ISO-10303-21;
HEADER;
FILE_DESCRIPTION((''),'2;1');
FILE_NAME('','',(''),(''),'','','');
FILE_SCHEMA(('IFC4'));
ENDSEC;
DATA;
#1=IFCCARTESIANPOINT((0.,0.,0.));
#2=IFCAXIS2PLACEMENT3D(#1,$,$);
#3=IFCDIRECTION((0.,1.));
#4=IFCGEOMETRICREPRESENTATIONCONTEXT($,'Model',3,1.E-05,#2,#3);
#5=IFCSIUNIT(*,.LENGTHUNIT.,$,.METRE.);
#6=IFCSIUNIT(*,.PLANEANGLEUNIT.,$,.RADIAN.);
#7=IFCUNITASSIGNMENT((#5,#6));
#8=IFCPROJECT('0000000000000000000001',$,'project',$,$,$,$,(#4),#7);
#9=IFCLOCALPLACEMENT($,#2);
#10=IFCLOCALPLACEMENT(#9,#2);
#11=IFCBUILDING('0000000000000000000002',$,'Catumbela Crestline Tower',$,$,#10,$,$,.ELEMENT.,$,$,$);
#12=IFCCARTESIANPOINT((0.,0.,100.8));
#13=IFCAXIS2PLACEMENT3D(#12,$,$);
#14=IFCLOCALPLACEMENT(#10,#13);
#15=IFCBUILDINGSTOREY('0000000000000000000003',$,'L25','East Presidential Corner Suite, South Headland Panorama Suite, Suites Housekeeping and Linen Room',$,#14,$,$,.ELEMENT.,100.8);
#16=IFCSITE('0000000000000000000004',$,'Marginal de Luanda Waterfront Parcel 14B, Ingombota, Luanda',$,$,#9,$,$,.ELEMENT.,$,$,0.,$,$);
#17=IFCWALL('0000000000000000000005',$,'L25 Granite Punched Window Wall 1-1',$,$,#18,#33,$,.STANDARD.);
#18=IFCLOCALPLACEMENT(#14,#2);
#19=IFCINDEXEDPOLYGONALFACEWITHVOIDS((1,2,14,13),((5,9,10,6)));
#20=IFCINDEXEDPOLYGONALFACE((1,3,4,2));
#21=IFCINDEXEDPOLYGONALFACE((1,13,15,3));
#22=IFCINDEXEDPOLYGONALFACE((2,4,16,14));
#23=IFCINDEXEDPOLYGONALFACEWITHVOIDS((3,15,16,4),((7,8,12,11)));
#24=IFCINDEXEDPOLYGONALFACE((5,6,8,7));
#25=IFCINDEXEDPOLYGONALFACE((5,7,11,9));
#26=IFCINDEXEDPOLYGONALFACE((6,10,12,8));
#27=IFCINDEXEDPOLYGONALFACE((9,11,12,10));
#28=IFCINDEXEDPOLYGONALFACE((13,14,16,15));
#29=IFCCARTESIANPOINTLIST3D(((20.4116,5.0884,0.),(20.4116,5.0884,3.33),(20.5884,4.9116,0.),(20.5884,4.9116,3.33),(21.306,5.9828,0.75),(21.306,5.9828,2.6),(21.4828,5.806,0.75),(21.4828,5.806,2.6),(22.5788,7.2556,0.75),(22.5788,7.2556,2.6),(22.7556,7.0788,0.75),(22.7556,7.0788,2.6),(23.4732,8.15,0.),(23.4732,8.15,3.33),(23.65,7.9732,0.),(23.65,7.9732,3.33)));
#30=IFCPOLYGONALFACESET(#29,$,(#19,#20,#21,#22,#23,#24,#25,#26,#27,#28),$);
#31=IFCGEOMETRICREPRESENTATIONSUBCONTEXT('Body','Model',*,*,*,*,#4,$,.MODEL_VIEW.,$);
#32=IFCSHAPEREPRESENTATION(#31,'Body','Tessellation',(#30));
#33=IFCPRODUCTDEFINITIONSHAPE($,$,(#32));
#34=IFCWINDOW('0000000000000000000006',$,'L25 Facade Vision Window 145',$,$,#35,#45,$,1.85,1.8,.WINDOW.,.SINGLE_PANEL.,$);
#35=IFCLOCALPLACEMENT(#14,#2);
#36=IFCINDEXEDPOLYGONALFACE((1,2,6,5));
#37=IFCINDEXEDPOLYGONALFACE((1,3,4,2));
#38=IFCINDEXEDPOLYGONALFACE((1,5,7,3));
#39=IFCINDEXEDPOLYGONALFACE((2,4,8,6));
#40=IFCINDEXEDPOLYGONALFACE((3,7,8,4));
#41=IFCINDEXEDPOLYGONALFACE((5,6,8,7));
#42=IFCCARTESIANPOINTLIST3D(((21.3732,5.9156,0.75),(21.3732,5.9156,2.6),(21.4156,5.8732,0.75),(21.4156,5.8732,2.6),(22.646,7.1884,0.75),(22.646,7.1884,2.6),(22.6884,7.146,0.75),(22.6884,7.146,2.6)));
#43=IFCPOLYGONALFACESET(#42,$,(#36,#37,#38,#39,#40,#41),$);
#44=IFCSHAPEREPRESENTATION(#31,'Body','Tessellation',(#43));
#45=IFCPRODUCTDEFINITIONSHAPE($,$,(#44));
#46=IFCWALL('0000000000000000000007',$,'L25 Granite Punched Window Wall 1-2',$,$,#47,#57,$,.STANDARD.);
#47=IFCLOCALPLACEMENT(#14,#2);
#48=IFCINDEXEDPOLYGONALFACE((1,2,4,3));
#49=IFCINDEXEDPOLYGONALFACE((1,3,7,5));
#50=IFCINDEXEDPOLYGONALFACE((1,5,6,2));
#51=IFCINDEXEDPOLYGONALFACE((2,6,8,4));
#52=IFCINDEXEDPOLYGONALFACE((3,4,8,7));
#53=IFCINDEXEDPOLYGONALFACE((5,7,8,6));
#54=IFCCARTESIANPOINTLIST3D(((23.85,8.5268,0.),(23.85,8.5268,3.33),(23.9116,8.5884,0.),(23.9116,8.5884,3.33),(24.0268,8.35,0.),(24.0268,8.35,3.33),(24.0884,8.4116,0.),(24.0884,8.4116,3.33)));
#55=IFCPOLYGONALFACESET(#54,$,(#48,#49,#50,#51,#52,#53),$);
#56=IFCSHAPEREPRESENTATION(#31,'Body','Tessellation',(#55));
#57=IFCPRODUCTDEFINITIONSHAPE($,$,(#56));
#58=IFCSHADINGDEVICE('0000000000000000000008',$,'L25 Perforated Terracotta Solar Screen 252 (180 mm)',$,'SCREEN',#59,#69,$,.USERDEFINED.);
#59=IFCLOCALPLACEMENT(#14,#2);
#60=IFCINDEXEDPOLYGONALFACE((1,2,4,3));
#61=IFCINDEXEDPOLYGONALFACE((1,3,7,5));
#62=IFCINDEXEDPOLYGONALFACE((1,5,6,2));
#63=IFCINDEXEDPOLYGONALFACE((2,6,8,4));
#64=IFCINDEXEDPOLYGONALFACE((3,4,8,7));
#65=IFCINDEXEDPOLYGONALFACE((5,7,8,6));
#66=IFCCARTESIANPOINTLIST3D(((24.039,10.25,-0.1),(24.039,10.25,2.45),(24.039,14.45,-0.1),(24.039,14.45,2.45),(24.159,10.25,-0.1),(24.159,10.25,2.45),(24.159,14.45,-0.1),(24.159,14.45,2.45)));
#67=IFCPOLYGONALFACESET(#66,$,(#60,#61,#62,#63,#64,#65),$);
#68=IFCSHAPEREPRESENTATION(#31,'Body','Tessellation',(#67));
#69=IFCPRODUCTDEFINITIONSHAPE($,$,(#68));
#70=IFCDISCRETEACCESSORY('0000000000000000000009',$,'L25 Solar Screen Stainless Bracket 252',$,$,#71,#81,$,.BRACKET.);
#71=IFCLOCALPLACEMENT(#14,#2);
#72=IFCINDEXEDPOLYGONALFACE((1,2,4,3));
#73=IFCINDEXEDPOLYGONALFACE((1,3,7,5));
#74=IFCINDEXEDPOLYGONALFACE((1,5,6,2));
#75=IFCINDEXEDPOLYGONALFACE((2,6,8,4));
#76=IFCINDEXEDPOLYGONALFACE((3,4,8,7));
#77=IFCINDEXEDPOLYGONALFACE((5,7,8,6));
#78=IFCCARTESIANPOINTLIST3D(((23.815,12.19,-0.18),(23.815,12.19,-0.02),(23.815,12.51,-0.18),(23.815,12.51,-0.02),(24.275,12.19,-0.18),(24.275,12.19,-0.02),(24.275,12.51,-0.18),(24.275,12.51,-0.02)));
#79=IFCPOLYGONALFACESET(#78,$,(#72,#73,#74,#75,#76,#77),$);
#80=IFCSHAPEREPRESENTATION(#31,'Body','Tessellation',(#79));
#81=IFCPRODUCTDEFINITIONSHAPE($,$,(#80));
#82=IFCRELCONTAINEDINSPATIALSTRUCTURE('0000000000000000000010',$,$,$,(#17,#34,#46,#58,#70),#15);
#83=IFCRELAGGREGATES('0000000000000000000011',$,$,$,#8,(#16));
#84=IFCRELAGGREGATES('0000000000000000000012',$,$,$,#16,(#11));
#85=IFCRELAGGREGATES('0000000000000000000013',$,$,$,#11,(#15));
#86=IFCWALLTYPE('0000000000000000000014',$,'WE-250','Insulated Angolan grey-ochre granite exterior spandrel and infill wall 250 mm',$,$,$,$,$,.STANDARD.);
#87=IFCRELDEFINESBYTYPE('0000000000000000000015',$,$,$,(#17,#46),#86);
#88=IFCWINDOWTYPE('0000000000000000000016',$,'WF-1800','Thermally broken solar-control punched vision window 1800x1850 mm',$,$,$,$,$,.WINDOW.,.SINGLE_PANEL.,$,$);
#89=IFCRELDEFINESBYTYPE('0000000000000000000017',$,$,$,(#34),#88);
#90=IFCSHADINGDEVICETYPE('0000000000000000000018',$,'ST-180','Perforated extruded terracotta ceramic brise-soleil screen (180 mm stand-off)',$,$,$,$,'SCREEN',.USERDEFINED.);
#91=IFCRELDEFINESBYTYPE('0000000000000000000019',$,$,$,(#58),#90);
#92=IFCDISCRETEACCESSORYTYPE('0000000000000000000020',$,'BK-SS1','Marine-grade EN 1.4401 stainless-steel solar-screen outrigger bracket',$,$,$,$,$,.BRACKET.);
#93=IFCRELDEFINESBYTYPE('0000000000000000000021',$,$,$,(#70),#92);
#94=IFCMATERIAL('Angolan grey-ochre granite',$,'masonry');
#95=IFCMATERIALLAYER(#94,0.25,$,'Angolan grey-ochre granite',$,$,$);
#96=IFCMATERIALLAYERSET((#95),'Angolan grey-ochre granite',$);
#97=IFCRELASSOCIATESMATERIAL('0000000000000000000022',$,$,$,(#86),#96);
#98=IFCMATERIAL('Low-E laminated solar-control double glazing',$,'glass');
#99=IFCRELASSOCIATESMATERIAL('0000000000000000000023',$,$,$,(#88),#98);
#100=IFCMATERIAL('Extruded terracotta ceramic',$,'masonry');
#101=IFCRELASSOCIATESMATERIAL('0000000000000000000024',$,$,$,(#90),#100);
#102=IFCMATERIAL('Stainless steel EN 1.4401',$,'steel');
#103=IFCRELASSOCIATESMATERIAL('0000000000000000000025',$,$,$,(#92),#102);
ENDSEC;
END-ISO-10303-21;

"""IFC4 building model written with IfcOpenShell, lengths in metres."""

from ifc_helpers import new_model, si_unit, direction, frame, frame_2d, origin, origin_2d, place, context, subcontext, project, spatial, rectangle, extrude, material, layer, layer_set, type_object, element, fill, save


model = new_model("IFC4")

# Units and contexts
model_context = context("Model", 3, precision=1e-05, world=origin(), true_north=direction((0.0, 1.0)))
body_context = subcontext(model_context, "Body", "Model", "MODEL_VIEW")
ifc_project = project(units=[si_unit("LENGTHUNIT", "METRE"), si_unit("PLANEANGLEUNIT", "RADIAN")], contexts=[model_context])

# Site, building, storey
site_placement = place(None, origin())
site = spatial("IfcSite", under=ifc_project, at=site_placement, Name="Marginal de Luanda Waterfront Parcel 14B, Ingombota, Luanda", CompositionType="ELEMENT", RefElevation=0.0)
building_placement = place(site_placement, origin())
building = spatial("IfcBuilding", under=site, at=building_placement, Name="Catumbela Crestline Tower", CompositionType="ELEMENT")
storey_placement = place(building_placement, frame((0.0, 0.0, 100.8)))
storey = spatial("IfcBuildingStorey", under=building, at=storey_placement, Name="L25", Description="East Presidential Corner Suite, South Headland Panorama Suite, Suites Housekeeping and Linen Room", CompositionType="ELEMENT", Elevation=100.8)

# Shared definitions
ifc_material_1 = material(Name="Low-E laminated solar-control double glazing", Category="glass")

# Wall, opening, window
ifc_material_2 = material(Name="Angolan grey-ochre granite", Category="masonry")
ifc_layer_1 = layer(ifc_material_2, 0.25, Name="Angolan grey-ochre granite")
ifc_layer_set_1 = layer_set([ifc_layer_1], Name="Angolan grey-ochre granite")
wall_type = type_object("IfcWallType", Name="WE-250", Description="Insulated Angolan grey-ochre granite exterior spandrel and infill wall 250 mm", PredefinedType="STANDARD", material=ifc_layer_set_1)
wall_1_placement = place(storey_placement, frame((20.5, 5.0, 0.0), z_axis=(0.0, 0.0, 1.0), x_axis=(0.707107, 0.707107, 0.0)))
wall_1 = element("IfcWall", 1, at=wall_1_placement, inside=storey, type_object=wall_type, Name="L25 Granite Punched Window Wall 1-1", PredefinedType="STANDARD", context=body_context, shape_type="SweptSolid", body=[
    extrude(rectangle(XDim=4.3298, YDim=0.25, at=frame_2d((2.1649, 0.0))), origin(), (0.0, 0.0, 1.0), 3.33),
])
opening_placement = place(wall_1_placement, frame((1.2649, 0.0, 0.75)))
opening = element("IfcOpeningElement", 2, at=opening_placement, cuts=wall_1, PredefinedType="OPENING", context=body_context, shape_type="SweptSolid", body=[
    extrude(rectangle(XDim=1.8, YDim=1.85, at=frame_2d((0.9, 0.925))), frame((0.0, 0.135, 0.0), z_axis=(0.0, -1.0, 0.0), x_axis=(1.0, 0.0, 0.0)), (0.0, 0.0, 1.0), 0.27),
])
window_type = type_object("IfcWindowType", Name="WF-1800", Description="Thermally broken solar-control punched vision window 1800x1850 mm", PartitioningType="SINGLE_PANEL", PredefinedType="WINDOW", material=ifc_material_1)
window_placement = place(opening_placement, origin())
window = element("IfcWindow", 3, at=window_placement, inside=storey, type_object=window_type, Name="L25 Facade Vision Window 145", OverallHeight=1.85, OverallWidth=1.8, PartitioningType="SINGLE_PANEL", PredefinedType="WINDOW", context=body_context, shape_type="SweptSolid", body=[
    extrude(rectangle(XDim=1.8, YDim=1.85, at=frame_2d((0.9, 0.925))), frame((0.0, 0.03, 0.0), z_axis=(0.0, -1.0, 0.0), x_axis=(1.0, 0.0, 0.0)), (0.0, 0.0, 1.0), 0.06),
])
fill(opening, window)

# Wall
wall_2_placement = place(storey_placement, frame((23.9384, 8.4384, 0.0), z_axis=(0.0, 0.0, 1.0), x_axis=(0.707107, 0.707107, 0.0)))
element("IfcWall", 4, at=wall_2_placement, inside=storey, type_object=wall_type, Name="L25 Granite Punched Window Wall 1-2", PredefinedType="STANDARD", context=body_context, shape_type="SweptSolid", body=[
    extrude(rectangle(XDim=0.0871, YDim=0.25, at=frame_2d((0.0436, 0.0))), origin(), (0.0, 0.0, 1.0), 3.33),
])

# Shading device
ifc_material_3 = material(Name="Extruded terracotta ceramic", Category="masonry")
shading_device_type = type_object("IfcShadingDeviceType", Name="ST-180", Description="Perforated extruded terracotta ceramic brise-soleil screen (180 mm stand-off)", ElementType="SCREEN", PredefinedType="USERDEFINED", material=ifc_material_3)
shading_device_placement = place(storey_placement, frame((24.099, 12.35, -0.1), z_axis=(0.0, 0.0, 1.0), x_axis=(0.0, 1.0, 0.0)))
element("IfcShadingDevice", 5, at=shading_device_placement, inside=storey, type_object=shading_device_type, Name="L25 Perforated Terracotta Solar Screen 252 (180 mm)", ObjectType="SCREEN", PredefinedType="USERDEFINED", context=body_context, shape_type="SweptSolid", body=[
    extrude(rectangle(XDim=4.2, YDim=0.12, at=origin_2d()), origin(), (0.0, 0.0, 1.0), 2.55),
])

# Discrete accessory
ifc_material_4 = material(Name="Stainless steel EN 1.4401", Category="steel")
discrete_accessory_type = type_object("IfcDiscreteAccessoryType", Name="BK-SS1", Description="Marine-grade EN 1.4401 stainless-steel solar-screen outrigger bracket", PredefinedType="BRACKET", material=ifc_material_4)
discrete_accessory_placement = place(storey_placement, frame((24.045, 12.35, -0.18), z_axis=(0.0, 0.0, 1.0), x_axis=(0.0, 1.0, 0.0)))
element("IfcDiscreteAccessory", 6, at=discrete_accessory_placement, inside=storey, type_object=discrete_accessory_type, Name="L25 Solar Screen Stainless Bracket 252", PredefinedType="BRACKET", context=body_context, shape_type="SweptSolid", body=[
    extrude(rectangle(XDim=0.32, YDim=0.46, at=origin_2d()), origin(), (0.0, 0.0, 1.0), 0.16),
])

save(model, "model.ifc")
